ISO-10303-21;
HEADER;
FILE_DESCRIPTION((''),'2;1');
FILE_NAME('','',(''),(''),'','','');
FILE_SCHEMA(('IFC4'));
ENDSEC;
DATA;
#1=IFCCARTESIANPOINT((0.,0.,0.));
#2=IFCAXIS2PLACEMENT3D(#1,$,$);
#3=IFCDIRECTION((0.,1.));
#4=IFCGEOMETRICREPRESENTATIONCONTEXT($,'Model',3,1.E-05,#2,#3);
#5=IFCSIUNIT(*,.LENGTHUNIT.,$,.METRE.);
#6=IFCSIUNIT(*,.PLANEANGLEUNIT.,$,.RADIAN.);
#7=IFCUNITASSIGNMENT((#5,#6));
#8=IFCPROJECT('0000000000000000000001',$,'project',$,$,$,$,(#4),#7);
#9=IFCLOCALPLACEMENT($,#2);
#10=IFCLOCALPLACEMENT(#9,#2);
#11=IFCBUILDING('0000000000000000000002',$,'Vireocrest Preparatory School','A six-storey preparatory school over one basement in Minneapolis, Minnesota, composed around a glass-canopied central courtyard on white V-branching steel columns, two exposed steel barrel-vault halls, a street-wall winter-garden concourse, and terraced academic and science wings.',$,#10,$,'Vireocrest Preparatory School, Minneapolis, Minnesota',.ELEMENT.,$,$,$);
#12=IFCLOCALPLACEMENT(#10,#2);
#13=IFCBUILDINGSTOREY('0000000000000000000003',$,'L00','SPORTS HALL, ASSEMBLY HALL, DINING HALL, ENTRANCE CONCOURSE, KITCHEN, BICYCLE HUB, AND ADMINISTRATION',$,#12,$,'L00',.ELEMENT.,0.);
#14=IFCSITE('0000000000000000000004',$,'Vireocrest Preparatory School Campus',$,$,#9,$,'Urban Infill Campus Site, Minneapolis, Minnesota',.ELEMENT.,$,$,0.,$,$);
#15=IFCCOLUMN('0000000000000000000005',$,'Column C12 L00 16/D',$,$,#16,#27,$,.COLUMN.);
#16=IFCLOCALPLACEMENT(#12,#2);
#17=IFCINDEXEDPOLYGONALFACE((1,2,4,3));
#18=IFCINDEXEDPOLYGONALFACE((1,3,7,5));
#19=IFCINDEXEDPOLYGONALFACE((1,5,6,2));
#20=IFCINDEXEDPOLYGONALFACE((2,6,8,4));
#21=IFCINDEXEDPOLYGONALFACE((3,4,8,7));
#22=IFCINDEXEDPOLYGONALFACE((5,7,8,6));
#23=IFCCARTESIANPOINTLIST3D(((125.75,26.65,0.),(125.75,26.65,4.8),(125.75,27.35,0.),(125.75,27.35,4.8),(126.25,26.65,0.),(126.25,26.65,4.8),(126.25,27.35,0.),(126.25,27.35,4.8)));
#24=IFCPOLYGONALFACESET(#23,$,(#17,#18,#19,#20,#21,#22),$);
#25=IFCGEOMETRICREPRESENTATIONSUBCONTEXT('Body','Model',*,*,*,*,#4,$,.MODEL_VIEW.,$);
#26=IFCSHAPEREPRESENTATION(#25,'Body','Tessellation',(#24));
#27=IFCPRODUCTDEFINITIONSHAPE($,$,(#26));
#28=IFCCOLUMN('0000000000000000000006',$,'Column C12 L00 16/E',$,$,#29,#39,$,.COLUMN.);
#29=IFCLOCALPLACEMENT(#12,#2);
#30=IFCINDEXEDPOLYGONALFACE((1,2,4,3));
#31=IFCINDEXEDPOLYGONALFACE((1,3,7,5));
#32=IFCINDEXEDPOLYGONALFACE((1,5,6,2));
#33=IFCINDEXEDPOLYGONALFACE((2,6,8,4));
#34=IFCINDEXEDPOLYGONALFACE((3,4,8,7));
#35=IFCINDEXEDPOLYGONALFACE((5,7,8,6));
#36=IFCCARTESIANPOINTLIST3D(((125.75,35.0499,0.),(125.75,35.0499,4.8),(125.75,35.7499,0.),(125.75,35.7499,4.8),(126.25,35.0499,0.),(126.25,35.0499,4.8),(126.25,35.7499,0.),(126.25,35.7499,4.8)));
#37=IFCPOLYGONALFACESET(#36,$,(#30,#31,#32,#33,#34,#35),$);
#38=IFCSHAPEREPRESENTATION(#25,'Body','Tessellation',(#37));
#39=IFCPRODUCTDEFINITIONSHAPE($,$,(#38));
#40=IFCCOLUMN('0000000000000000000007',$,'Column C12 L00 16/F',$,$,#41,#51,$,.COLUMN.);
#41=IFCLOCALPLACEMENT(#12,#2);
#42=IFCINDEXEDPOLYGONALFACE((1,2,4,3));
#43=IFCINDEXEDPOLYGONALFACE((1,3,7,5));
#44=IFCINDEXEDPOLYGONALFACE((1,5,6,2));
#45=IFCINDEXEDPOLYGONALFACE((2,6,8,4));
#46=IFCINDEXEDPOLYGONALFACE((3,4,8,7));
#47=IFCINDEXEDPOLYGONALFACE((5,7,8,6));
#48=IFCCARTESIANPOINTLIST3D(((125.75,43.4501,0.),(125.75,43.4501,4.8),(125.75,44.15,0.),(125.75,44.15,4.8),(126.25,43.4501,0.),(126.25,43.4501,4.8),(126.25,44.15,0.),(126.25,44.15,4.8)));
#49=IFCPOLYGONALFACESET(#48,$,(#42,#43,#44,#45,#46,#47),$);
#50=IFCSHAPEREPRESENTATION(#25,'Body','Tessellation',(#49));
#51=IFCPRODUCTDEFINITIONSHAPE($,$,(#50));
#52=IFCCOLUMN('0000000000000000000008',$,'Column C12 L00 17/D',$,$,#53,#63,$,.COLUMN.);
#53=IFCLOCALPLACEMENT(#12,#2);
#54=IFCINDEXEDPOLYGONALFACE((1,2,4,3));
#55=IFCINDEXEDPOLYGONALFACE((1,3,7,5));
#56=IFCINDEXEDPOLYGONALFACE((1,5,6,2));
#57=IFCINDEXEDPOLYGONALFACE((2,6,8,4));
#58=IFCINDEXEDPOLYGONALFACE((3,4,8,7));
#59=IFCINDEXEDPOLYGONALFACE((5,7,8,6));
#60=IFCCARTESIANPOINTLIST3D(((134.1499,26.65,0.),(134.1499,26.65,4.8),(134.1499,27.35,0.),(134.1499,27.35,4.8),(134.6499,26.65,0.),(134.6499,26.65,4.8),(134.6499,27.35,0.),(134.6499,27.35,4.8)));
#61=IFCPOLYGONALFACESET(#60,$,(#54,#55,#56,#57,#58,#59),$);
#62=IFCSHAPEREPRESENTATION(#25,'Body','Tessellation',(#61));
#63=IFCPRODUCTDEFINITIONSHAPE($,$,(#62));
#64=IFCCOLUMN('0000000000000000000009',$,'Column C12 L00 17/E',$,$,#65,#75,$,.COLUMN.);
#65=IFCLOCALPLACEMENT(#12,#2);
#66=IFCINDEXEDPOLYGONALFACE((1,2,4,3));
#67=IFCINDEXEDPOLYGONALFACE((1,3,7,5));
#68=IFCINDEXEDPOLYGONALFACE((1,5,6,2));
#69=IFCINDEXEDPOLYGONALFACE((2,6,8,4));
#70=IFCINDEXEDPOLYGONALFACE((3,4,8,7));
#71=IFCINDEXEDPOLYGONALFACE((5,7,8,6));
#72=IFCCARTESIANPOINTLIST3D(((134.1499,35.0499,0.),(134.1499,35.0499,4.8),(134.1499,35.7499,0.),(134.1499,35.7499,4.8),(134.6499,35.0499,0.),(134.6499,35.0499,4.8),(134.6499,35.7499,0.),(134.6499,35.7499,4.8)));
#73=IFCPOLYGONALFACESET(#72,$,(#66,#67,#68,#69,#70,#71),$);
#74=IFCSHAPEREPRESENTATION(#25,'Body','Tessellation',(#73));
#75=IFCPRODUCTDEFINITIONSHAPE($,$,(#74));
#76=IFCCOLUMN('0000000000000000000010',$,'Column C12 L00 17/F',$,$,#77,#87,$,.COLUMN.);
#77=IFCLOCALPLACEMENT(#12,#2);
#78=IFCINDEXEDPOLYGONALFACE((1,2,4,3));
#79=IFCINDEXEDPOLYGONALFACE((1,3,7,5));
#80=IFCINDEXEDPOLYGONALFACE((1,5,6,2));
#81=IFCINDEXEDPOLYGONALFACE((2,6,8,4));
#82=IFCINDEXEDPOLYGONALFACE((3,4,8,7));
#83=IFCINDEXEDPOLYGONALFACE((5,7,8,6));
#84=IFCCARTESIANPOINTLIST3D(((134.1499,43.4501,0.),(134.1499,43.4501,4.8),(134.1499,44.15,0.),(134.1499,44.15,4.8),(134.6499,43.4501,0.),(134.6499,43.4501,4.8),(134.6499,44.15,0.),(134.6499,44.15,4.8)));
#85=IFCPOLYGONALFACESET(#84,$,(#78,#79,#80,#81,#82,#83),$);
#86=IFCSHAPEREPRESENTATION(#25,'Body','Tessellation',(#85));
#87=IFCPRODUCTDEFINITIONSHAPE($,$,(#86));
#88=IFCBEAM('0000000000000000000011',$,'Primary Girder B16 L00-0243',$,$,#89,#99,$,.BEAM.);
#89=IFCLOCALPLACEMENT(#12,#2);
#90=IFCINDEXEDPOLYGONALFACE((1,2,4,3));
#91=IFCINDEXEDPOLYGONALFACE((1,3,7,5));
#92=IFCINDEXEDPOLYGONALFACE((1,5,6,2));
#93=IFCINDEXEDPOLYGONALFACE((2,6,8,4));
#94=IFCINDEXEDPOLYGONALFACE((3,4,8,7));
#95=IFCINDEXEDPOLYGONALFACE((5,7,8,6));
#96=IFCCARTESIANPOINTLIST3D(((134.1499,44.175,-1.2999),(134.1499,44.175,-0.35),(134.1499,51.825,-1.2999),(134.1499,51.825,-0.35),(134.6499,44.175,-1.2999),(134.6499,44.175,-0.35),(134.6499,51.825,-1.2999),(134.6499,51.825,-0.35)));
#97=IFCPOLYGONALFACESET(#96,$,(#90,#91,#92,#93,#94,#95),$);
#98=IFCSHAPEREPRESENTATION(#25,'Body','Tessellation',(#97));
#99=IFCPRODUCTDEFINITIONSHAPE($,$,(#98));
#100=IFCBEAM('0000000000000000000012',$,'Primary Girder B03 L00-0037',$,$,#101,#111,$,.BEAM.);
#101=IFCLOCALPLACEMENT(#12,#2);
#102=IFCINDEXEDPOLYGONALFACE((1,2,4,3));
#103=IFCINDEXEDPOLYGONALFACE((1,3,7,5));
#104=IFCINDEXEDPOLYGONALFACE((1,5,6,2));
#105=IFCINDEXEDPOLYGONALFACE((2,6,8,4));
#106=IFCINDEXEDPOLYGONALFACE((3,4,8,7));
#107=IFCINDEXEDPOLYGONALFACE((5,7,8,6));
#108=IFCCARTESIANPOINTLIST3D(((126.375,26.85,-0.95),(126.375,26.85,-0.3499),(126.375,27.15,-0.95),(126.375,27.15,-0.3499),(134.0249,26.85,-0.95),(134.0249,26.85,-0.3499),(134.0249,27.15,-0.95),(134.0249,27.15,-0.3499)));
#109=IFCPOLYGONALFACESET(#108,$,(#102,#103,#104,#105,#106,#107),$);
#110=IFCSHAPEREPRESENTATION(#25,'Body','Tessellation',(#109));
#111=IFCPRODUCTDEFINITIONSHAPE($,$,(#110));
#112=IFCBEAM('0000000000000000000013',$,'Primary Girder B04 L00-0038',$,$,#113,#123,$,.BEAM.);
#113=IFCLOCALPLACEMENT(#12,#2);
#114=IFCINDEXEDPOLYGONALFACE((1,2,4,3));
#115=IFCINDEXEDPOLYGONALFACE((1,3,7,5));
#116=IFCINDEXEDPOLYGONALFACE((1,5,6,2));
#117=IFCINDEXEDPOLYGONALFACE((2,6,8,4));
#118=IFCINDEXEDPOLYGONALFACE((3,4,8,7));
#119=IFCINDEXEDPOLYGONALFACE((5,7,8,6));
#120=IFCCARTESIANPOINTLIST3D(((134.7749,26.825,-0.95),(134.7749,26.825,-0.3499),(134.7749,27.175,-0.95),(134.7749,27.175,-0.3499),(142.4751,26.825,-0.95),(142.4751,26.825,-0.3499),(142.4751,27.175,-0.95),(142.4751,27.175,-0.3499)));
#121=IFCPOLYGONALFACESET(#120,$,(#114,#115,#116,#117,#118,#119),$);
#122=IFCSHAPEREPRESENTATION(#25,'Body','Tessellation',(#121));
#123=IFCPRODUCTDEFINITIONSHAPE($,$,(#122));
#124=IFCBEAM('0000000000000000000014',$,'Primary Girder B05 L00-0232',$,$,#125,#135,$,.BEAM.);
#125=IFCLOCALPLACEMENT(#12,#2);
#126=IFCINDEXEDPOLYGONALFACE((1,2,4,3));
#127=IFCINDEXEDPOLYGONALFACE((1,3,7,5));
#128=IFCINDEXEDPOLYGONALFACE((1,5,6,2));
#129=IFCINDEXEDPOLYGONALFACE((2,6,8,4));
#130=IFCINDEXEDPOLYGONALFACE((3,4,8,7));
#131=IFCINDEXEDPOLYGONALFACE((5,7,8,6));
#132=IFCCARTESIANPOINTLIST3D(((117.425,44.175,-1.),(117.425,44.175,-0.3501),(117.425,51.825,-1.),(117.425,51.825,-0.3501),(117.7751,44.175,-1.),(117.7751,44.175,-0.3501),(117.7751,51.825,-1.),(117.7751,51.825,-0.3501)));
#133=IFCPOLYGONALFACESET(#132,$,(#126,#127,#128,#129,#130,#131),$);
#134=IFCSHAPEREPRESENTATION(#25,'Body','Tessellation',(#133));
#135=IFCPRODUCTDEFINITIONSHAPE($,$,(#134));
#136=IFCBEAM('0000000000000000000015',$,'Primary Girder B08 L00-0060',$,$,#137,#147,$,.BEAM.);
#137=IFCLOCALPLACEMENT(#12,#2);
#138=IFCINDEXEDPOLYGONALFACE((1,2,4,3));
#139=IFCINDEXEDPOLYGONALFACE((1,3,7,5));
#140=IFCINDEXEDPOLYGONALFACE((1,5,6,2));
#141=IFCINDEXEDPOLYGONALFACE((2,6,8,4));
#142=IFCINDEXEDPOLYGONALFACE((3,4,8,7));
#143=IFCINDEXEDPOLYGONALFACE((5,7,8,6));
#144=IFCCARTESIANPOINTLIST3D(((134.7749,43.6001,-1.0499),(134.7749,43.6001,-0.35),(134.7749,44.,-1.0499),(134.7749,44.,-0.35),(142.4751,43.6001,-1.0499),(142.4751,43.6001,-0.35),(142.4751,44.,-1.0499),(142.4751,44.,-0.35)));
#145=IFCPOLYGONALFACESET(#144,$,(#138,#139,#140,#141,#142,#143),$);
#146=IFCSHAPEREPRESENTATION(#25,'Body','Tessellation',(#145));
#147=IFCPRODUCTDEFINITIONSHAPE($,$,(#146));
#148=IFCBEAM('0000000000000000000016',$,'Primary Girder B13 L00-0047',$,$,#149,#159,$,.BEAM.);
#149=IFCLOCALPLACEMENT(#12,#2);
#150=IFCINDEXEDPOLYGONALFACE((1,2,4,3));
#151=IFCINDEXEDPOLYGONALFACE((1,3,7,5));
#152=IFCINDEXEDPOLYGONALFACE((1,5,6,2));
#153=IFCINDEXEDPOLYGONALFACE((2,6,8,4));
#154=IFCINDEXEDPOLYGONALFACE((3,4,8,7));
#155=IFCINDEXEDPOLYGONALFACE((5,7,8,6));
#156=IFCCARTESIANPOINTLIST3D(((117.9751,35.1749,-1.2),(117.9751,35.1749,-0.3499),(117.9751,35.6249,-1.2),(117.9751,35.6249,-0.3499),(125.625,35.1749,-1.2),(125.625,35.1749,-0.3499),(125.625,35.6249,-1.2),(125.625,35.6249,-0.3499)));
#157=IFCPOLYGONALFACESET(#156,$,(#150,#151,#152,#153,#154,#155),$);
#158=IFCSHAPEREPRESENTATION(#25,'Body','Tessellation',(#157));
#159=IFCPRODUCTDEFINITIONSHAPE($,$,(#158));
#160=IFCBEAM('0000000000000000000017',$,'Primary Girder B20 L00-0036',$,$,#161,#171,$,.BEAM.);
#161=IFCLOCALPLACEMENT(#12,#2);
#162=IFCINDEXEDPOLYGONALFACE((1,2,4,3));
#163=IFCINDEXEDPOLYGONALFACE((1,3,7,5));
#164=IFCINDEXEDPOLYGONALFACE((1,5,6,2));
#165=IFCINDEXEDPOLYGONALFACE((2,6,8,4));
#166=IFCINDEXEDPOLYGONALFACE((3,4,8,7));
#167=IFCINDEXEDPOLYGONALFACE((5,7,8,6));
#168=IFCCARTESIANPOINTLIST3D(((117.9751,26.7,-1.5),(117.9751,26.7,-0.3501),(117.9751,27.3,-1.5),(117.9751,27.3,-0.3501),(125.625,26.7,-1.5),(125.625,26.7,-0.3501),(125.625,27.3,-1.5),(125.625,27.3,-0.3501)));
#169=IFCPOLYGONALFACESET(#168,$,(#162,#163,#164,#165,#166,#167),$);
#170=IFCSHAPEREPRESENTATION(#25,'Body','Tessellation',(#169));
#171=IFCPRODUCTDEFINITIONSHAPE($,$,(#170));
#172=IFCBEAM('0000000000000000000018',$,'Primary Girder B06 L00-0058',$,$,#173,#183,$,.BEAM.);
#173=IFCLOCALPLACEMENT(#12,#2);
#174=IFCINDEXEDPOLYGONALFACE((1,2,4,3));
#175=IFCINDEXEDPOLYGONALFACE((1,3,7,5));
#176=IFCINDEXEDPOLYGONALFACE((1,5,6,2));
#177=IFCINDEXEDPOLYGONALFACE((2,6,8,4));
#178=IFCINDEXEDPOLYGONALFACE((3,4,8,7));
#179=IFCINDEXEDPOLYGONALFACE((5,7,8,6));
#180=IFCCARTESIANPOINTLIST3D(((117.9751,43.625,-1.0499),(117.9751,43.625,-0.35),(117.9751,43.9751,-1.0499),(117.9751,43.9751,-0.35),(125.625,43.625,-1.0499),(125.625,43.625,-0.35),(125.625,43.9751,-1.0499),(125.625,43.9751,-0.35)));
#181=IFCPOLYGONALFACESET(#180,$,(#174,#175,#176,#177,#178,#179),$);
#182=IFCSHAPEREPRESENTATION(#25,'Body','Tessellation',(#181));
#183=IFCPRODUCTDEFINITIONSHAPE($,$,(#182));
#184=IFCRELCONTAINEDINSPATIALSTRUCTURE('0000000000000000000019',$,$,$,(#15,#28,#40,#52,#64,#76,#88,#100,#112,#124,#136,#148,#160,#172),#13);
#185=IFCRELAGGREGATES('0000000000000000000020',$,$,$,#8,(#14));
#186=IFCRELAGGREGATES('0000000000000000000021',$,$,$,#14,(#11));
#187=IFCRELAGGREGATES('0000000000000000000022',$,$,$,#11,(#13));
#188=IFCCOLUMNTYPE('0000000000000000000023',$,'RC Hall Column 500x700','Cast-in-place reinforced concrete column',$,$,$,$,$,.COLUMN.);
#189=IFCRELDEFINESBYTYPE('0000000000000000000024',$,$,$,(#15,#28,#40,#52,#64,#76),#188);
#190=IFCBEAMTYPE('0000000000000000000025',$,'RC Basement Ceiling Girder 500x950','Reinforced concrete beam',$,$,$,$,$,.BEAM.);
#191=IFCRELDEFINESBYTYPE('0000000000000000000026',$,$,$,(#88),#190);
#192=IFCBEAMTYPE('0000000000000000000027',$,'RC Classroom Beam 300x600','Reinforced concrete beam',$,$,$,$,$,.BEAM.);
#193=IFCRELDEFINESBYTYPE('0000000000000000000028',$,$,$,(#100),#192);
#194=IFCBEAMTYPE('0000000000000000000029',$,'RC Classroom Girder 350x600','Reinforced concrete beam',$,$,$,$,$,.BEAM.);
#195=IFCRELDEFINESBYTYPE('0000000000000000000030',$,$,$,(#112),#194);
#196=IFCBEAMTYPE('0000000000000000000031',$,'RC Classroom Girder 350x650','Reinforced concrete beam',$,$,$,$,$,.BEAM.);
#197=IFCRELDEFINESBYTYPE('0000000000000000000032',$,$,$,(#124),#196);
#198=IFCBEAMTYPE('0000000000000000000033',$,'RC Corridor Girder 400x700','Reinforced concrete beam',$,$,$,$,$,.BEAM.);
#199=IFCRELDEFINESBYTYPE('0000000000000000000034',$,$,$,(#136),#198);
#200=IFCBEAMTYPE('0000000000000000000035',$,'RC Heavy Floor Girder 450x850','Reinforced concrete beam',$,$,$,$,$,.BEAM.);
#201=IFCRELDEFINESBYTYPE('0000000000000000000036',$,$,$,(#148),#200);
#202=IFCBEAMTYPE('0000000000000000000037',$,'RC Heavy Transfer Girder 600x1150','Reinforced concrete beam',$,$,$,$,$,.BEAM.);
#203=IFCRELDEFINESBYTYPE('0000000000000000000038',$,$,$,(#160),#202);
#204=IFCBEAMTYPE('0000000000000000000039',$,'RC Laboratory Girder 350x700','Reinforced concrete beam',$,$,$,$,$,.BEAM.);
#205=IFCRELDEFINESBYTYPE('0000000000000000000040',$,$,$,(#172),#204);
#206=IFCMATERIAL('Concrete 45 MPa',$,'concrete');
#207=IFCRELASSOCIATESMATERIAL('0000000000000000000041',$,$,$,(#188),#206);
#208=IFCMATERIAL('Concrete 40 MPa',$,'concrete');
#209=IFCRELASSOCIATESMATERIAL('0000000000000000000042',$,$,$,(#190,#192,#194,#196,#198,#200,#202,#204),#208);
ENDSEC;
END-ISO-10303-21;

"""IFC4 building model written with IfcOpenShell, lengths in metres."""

from ifc_helpers import new_model, si_unit, direction, frame, origin, origin_2d, place, context, subcontext, project, spatial, rectangle, extrude, material, material_profile, profile_set, type_object, element, save


model = new_model("IFC4")

# Units and contexts
model_context = context("Model", 3, precision=1e-05, world=origin(), true_north=direction((0.0, 1.0)))
body_context = subcontext(model_context, "Body", "Model", "MODEL_VIEW")
ifc_project = project(units=[si_unit("LENGTHUNIT", "METRE"), si_unit("PLANEANGLEUNIT", "RADIAN")], contexts=[model_context])

# Site, building, storey
site_placement = place(None, origin())
site = spatial("IfcSite", under=ifc_project, at=site_placement, Name="Vireocrest Preparatory School Campus", LongName="Urban Infill Campus Site, Minneapolis, Minnesota", CompositionType="ELEMENT", RefElevation=0.0)
building_placement = place(site_placement, origin())
building = spatial("IfcBuilding", under=site, at=building_placement, Name="Vireocrest Preparatory School", Description="A six-storey preparatory school over one basement in Minneapolis, Minnesota, composed around a glass-canopied central courtyard on white V-branching steel columns, two exposed steel barrel-vault halls, a street-wall winter-garden concourse, and terraced academic and science wings.", LongName="Vireocrest Preparatory School, Minneapolis, Minnesota", CompositionType="ELEMENT")
storey_placement = place(building_placement, origin())
storey = spatial("IfcBuildingStorey", under=building, at=storey_placement, Name="L00", Description="SPORTS HALL, ASSEMBLY HALL, DINING HALL, ENTRANCE CONCOURSE, KITCHEN, BICYCLE HUB, AND ADMINISTRATION", LongName="L00", CompositionType="ELEMENT", Elevation=0.0)

# Columns
ifc_material_1 = material(Name="Concrete 45 MPa", Category="concrete")
ifc_material_profile_1 = material_profile(ifc_material_1, rectangle(XDim=0.5, YDim=0.7, at=origin_2d()), Name="RC 500x700")
ifc_profile_set_1 = profile_set([ifc_material_profile_1], Name="Concrete 45 MPa")
column_type = type_object("IfcColumnType", Name="RC Hall Column 500x700", Description="Cast-in-place reinforced concrete column", PredefinedType="COLUMN", material=ifc_profile_set_1)
for number, where, z_axis, x_axis, name in (
    (1, (126.0, 27.0, 0.0), (0.0, 0.0, 1.0), (1.0, 0.0, 0.0), "Column C12 L00 16/D"),
    (2, (126.0, 35.3999, 0.0), (0.0, 0.0, 1.0), (1.0, 0.0, 0.0), "Column C12 L00 16/E"),
    (3, (126.0, 43.8, 0.0), (0.0, 0.0, 1.0), (1.0, 0.0, 0.0), "Column C12 L00 16/F"),
    (4, (134.3999, 27.0, 0.0), (0.0, 0.0, 1.0), (1.0, 0.0, 0.0), "Column C12 L00 17/D"),
    (5, (134.3999, 35.3999, 0.0), (0.0, 0.0, 1.0), (1.0, 0.0, 0.0), "Column C12 L00 17/E"),
    (6, (134.3999, 43.8, 0.0), (0.0, 0.0, 1.0), (1.0, 0.0, 0.0), "Column C12 L00 17/F"),
):
    element("IfcColumn", number, at=place(storey_placement, frame(where, z_axis=z_axis, x_axis=x_axis)), inside=storey, type_object=column_type, Name=name, PredefinedType="COLUMN", context=body_context, shape_type="SweptSolid", body=[
        extrude(rectangle(XDim=0.5, YDim=0.7, at=origin_2d()), origin(), (0.0, 0.0, 1.0), 4.8),
    ])

# Beams
ifc_material_2 = material(Name="Concrete 40 MPa", Category="concrete")
ifc_material_profile_2 = material_profile(ifc_material_2, rectangle(XDim=0.5, YDim=0.95, at=origin_2d()), Name="RC 500x950")
ifc_profile_set_2 = profile_set([ifc_material_profile_2], Name="Concrete 40 MPa")
beam_type_1 = type_object("IfcBeamType", Name="RC Basement Ceiling Girder 500x950", Description="Reinforced concrete beam", PredefinedType="BEAM", material=ifc_profile_set_2)
beam_1_placement = place(storey_placement, frame((134.3999, 44.175, -0.825), z_axis=(0.0, 1.0, 0.0), x_axis=(-1.0, 0.0, 0.0)))
element("IfcBeam", 7, at=beam_1_placement, inside=storey, type_object=beam_type_1, Name="Primary Girder B16 L00-0243", PredefinedType="BEAM", context=body_context, shape_type="SweptSolid", body=[
    extrude(rectangle(XDim=0.5, YDim=0.95, at=origin_2d()), origin(), (0.0, 0.0, 1.0), 7.6499),
])
ifc_material_profile_3 = material_profile(ifc_material_2, rectangle(XDim=0.3, YDim=0.6001, at=origin_2d()), Name="RC 300x600")
ifc_profile_set_3 = profile_set([ifc_material_profile_3], Name="Concrete 40 MPa")
beam_type_2 = type_object("IfcBeamType", Name="RC Classroom Beam 300x600", Description="Reinforced concrete beam", PredefinedType="BEAM", material=ifc_profile_set_3)
beam_2_placement = place(storey_placement, frame((126.375, 27.0, -0.6499), z_axis=(1.0, 0.0, 0.0), x_axis=(0.0, 1.0, 0.0)))
element("IfcBeam", 8, at=beam_2_placement, inside=storey, type_object=beam_type_2, Name="Primary Girder B03 L00-0037", PredefinedType="BEAM", context=body_context, shape_type="SweptSolid", body=[
    extrude(rectangle(XDim=0.3, YDim=0.6001, at=origin_2d()), origin(), (0.0, 0.0, 1.0), 7.6499),
])
ifc_material_profile_4 = material_profile(ifc_material_2, rectangle(XDim=0.3501, YDim=0.6001, at=origin_2d()), Name="RC 350x600")
ifc_profile_set_4 = profile_set([ifc_material_profile_4], Name="Concrete 40 MPa")
beam_type_3 = type_object("IfcBeamType", Name="RC Classroom Girder 350x600", Description="Reinforced concrete beam", PredefinedType="BEAM", material=ifc_profile_set_4)
beam_3_placement = place(storey_placement, frame((134.7749, 27.0, -0.6499), z_axis=(1.0, 0.0, 0.0), x_axis=(0.0, 1.0, 0.0)))
element("IfcBeam", 9, at=beam_3_placement, inside=storey, type_object=beam_type_3, Name="Primary Girder B04 L00-0038", PredefinedType="BEAM", context=body_context, shape_type="SweptSolid", body=[
    extrude(rectangle(XDim=0.3501, YDim=0.6001, at=origin_2d()), origin(), (0.0, 0.0, 1.0), 7.7002),
])
ifc_material_profile_5 = material_profile(ifc_material_2, rectangle(XDim=0.3501, YDim=0.6499, at=origin_2d()), Name="RC 350x650")
ifc_profile_set_5 = profile_set([ifc_material_profile_5], Name="Concrete 40 MPa")
beam_type_4 = type_object("IfcBeamType", Name="RC Classroom Girder 350x650", Description="Reinforced concrete beam", PredefinedType="BEAM", material=ifc_profile_set_5)
beam_4_placement = place(storey_placement, frame((117.6001, 44.175, -0.675), z_axis=(0.0, 1.0, 0.0), x_axis=(-1.0, 0.0, 0.0)))
element("IfcBeam", 10, at=beam_4_placement, inside=storey, type_object=beam_type_4, Name="Primary Girder B05 L00-0232", PredefinedType="BEAM", context=body_context, shape_type="SweptSolid", body=[
    extrude(rectangle(XDim=0.3501, YDim=0.6499, at=origin_2d()), origin(), (0.0, 0.0, 1.0), 7.6499),
])
ifc_material_profile_6 = material_profile(ifc_material_2, rectangle(XDim=0.3999, YDim=0.7, at=origin_2d()), Name="RC 400x700")
ifc_profile_set_6 = profile_set([ifc_material_profile_6], Name="Concrete 40 MPa")
beam_type_5 = type_object("IfcBeamType", Name="RC Corridor Girder 400x700", Description="Reinforced concrete beam", PredefinedType="BEAM", material=ifc_profile_set_6)
beam_5_placement = place(storey_placement, frame((134.7749, 43.8, -0.7), z_axis=(1.0, 0.0, 0.0), x_axis=(0.0, 1.0, 0.0)))
element("IfcBeam", 11, at=beam_5_placement, inside=storey, type_object=beam_type_5, Name="Primary Girder B08 L00-0060", PredefinedType="BEAM", context=body_context, shape_type="SweptSolid", body=[
    extrude(rectangle(XDim=0.3999, YDim=0.7, at=origin_2d()), origin(), (0.0, 0.0, 1.0), 7.7002),
])
ifc_material_profile_7 = material_profile(ifc_material_2, rectangle(XDim=0.45, YDim=0.8501, at=origin_2d()), Name="RC 450x850")
ifc_profile_set_7 = profile_set([ifc_material_profile_7], Name="Concrete 40 MPa")
beam_type_6 = type_object("IfcBeamType", Name="RC Heavy Floor Girder 450x850", Description="Reinforced concrete beam", PredefinedType="BEAM", material=ifc_profile_set_7)
beam_6_placement = place(storey_placement, frame((117.9751, 35.3999, -0.7749), z_axis=(1.0, 0.0, 0.0), x_axis=(0.0, 1.0, 0.0)))
element("IfcBeam", 12, at=beam_6_placement, inside=storey, type_object=beam_type_6, Name="Primary Girder B13 L00-0047", PredefinedType="BEAM", context=body_context, shape_type="SweptSolid", body=[
    extrude(rectangle(XDim=0.45, YDim=0.8501, at=origin_2d()), origin(), (0.0, 0.0, 1.0), 7.6499),
])
ifc_material_profile_8 = material_profile(ifc_material_2, rectangle(XDim=0.6001, YDim=1.1499, at=origin_2d()), Name="RC 600x1150")
ifc_profile_set_8 = profile_set([ifc_material_profile_8], Name="Concrete 40 MPa")
beam_type_7 = type_object("IfcBeamType", Name="RC Heavy Transfer Girder 600x1150", Description="Reinforced concrete beam", PredefinedType="BEAM", material=ifc_profile_set_8)
beam_7_placement = place(storey_placement, frame((117.9751, 27.0, -0.925), z_axis=(1.0, 0.0, 0.0), x_axis=(0.0, 1.0, 0.0)))
element("IfcBeam", 13, at=beam_7_placement, inside=storey, type_object=beam_type_7, Name="Primary Girder B20 L00-0036", PredefinedType="BEAM", context=body_context, shape_type="SweptSolid", body=[
    extrude(rectangle(XDim=0.6001, YDim=1.1499, at=origin_2d()), origin(), (0.0, 0.0, 1.0), 7.6499),
])
ifc_material_profile_9 = material_profile(ifc_material_2, rectangle(XDim=0.3501, YDim=0.7, at=origin_2d()), Name="RC 350x700")
ifc_profile_set_9 = profile_set([ifc_material_profile_9], Name="Concrete 40 MPa")
beam_type_8 = type_object("IfcBeamType", Name="RC Laboratory Girder 350x700", Description="Reinforced concrete beam", PredefinedType="BEAM", material=ifc_profile_set_9)
beam_8_placement = place(storey_placement, frame((117.9751, 43.8, -0.7), z_axis=(1.0, 0.0, 0.0), x_axis=(0.0, 1.0, 0.0)))
element("IfcBeam", 14, at=beam_8_placement, inside=storey, type_object=beam_type_8, Name="Primary Girder B06 L00-0058", PredefinedType="BEAM", context=body_context, shape_type="SweptSolid", body=[
    extrude(rectangle(XDim=0.3501, YDim=0.7, at=origin_2d()), origin(), (0.0, 0.0, 1.0), 7.6499),
])

save(model, "model.ifc")
